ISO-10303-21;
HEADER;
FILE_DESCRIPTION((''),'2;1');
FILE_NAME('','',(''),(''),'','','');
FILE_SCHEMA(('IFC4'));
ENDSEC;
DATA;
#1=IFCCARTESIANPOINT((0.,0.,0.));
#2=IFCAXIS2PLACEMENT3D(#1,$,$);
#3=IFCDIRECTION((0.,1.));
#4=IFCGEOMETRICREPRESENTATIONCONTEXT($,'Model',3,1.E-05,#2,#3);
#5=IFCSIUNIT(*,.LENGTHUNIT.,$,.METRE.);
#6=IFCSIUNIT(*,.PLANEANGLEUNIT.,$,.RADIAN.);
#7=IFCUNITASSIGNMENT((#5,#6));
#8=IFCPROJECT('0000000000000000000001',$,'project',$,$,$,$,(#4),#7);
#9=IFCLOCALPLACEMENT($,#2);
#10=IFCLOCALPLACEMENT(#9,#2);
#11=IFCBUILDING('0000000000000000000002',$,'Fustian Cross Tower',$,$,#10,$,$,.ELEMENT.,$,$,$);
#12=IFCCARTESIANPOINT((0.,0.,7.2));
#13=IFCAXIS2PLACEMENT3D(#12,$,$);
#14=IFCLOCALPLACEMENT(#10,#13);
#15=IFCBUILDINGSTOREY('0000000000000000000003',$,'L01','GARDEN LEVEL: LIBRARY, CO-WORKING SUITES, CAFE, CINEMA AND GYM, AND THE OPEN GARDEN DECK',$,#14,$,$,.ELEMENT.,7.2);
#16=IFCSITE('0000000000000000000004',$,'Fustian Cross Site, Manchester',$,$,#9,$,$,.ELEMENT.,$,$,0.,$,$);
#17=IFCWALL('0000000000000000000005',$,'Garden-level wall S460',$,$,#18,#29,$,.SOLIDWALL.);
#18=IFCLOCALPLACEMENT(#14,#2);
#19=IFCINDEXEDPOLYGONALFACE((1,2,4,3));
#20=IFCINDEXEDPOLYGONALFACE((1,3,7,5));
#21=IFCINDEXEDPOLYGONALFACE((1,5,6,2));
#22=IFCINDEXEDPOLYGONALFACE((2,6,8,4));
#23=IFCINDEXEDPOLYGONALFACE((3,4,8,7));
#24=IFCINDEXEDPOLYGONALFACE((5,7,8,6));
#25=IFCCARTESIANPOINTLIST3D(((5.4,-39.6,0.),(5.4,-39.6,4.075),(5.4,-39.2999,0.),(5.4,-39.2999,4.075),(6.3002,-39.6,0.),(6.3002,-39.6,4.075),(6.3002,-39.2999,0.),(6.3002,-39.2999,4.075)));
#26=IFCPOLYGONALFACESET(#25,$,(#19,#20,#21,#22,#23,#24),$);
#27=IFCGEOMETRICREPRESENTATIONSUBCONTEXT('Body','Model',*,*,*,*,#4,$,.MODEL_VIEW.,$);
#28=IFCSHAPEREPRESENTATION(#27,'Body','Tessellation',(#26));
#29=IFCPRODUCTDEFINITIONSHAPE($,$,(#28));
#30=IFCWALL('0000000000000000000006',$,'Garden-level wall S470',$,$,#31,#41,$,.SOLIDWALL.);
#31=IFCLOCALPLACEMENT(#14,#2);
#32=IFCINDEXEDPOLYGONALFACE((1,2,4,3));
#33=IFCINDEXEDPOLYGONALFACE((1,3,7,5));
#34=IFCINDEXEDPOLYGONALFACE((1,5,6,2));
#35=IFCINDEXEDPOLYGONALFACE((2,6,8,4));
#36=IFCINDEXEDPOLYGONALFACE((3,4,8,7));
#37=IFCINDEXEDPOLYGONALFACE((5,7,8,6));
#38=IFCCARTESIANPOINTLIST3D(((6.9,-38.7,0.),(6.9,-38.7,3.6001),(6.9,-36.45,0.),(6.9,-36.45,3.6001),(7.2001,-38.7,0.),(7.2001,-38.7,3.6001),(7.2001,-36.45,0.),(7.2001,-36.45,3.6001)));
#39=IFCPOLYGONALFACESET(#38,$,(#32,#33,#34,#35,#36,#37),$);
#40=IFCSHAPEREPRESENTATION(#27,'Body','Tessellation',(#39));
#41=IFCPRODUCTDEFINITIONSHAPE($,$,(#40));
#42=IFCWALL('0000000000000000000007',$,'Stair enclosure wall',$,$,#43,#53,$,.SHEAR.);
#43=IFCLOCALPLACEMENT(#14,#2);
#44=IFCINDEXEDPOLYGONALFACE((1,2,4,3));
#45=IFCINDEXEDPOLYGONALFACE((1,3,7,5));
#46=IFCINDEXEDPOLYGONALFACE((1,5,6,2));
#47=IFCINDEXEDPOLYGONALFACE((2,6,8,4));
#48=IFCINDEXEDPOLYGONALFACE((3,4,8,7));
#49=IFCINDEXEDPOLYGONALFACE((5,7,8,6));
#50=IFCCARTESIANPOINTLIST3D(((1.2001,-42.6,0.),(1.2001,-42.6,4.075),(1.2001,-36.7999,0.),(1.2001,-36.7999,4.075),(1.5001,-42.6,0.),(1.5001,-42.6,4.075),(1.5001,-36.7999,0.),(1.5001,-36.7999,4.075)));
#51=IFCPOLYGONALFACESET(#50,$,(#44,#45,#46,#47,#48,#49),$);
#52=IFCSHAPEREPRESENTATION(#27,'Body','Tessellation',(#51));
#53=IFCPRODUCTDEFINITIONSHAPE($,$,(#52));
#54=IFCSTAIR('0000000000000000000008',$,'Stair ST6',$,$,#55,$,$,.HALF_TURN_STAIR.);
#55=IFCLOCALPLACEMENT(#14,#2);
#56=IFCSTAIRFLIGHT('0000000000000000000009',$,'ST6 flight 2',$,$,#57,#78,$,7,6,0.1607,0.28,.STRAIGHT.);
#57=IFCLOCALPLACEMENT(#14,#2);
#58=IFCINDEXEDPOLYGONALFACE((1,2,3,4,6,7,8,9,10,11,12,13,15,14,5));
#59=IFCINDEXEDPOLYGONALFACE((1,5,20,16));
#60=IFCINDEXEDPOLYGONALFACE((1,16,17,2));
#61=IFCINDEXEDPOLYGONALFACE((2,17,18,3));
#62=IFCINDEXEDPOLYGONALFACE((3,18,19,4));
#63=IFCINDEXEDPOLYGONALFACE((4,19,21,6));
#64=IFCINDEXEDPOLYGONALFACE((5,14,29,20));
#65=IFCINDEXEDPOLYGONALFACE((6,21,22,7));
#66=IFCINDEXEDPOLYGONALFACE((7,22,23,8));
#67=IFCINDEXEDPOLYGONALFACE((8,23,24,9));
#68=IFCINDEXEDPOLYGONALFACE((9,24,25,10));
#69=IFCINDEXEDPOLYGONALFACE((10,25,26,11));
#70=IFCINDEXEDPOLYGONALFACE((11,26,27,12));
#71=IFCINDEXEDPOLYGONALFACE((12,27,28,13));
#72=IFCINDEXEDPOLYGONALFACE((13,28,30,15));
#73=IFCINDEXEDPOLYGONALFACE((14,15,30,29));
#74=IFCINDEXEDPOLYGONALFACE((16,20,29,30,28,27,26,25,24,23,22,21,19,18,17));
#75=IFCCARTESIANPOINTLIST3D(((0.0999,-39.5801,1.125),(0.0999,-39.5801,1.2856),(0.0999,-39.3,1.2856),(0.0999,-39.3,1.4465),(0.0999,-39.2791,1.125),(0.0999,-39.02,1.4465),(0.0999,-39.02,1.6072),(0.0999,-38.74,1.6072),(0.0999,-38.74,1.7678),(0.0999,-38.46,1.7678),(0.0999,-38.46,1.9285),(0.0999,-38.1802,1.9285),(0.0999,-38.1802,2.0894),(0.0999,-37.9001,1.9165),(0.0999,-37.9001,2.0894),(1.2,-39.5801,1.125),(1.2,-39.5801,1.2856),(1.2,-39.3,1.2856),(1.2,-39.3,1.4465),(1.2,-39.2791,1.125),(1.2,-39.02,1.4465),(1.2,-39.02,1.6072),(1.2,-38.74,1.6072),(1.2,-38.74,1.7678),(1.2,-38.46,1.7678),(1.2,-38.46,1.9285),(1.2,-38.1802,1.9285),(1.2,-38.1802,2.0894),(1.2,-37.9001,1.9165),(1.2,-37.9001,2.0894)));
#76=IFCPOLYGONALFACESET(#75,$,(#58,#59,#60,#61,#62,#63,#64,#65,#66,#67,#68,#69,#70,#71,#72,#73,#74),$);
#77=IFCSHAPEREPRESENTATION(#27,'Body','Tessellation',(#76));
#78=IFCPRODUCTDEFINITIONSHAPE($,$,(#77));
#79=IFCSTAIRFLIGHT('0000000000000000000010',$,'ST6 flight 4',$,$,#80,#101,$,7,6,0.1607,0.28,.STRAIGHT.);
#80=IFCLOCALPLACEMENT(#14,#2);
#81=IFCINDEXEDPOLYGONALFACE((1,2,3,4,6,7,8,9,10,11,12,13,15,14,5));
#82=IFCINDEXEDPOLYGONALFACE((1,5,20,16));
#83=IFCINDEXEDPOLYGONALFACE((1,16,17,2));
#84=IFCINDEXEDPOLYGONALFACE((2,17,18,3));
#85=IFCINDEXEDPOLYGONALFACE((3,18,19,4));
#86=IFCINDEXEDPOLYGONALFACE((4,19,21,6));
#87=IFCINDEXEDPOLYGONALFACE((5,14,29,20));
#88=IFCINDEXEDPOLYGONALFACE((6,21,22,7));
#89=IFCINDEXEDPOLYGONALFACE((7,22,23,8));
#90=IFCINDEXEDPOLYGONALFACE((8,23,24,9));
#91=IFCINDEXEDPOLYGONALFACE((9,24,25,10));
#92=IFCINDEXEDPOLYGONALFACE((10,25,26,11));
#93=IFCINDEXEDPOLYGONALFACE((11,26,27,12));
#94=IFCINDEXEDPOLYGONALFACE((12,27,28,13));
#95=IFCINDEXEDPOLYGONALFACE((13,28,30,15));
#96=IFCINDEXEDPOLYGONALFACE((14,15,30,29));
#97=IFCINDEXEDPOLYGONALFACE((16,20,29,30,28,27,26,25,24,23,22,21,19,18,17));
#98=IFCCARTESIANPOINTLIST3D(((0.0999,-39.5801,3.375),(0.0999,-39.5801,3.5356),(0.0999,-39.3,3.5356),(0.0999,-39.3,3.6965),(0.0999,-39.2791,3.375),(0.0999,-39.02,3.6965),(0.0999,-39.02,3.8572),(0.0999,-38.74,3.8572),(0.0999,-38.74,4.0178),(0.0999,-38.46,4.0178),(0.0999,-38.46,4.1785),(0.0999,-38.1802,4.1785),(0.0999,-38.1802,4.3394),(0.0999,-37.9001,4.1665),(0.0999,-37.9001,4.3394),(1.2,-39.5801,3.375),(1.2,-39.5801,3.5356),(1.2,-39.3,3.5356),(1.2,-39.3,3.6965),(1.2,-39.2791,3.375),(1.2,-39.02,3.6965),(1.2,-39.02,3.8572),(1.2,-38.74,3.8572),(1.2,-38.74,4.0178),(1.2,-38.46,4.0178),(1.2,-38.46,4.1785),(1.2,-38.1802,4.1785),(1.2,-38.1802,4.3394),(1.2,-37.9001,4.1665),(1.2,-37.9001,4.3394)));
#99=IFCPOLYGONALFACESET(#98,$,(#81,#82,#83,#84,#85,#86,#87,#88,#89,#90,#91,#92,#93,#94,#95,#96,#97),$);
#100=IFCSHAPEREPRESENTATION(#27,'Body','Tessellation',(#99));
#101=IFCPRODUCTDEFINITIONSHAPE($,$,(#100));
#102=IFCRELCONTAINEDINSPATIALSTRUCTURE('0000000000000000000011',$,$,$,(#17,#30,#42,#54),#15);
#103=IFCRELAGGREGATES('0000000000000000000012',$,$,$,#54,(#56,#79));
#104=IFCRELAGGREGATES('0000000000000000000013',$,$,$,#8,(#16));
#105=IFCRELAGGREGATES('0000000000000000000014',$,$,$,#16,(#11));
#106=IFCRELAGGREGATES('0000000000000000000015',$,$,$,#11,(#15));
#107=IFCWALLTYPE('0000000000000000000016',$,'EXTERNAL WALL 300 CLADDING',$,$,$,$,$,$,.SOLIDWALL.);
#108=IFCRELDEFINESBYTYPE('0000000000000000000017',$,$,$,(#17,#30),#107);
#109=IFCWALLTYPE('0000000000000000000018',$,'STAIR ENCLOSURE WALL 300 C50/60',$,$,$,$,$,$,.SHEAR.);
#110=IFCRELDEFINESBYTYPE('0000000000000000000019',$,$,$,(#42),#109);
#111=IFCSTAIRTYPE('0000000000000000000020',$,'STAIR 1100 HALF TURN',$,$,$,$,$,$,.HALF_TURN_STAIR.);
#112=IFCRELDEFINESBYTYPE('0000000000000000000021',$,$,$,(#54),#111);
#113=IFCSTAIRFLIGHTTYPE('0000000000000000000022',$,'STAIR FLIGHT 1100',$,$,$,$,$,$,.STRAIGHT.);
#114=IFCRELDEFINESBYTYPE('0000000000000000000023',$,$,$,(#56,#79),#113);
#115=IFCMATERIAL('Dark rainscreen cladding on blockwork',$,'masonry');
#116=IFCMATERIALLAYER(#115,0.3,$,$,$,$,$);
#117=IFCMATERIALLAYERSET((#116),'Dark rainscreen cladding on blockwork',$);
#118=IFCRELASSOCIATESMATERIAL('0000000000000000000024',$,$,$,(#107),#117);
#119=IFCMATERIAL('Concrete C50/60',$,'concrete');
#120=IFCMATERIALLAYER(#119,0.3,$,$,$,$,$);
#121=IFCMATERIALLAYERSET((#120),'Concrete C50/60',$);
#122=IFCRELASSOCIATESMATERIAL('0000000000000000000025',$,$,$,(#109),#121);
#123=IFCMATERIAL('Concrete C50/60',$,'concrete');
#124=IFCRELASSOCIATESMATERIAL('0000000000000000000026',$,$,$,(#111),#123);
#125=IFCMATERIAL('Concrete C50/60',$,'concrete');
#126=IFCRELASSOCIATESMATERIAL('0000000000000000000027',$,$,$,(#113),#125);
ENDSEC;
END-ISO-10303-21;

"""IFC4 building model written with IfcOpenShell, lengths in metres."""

from ifc_helpers import new_model, si_unit, direction, frame, frame_2d, origin, place, context, subcontext, project, spatial, polyline, rectangle, outline, extrude, material, layer, layer_set, type_object, element, aggregate, save


model = new_model("IFC4")

# Units and contexts
model_context = context("Model", 3, precision=1e-05, world=origin(), true_north=direction((0.0, 1.0)))
body_context = subcontext(model_context, "Body", "Model", "MODEL_VIEW")
ifc_project = project(units=[si_unit("LENGTHUNIT", "METRE"), si_unit("PLANEANGLEUNIT", "RADIAN")], contexts=[model_context])

# Site, building, storey
site_placement = place(None, origin())
site = spatial("IfcSite", under=ifc_project, at=site_placement, Name="Fustian Cross Site, Manchester", CompositionType="ELEMENT", RefElevation=0.0)
building_placement = place(site_placement, origin())
building = spatial("IfcBuilding", under=site, at=building_placement, Name="Fustian Cross Tower", CompositionType="ELEMENT")
storey_placement = place(building_placement, frame((0.0, 0.0, 7.2)))
storey = spatial("IfcBuildingStorey", under=building, at=storey_placement, Name="L01", Description="GARDEN LEVEL: LIBRARY, CO-WORKING SUITES, CAFE, CINEMA AND GYM, AND THE OPEN GARDEN DECK", CompositionType="ELEMENT", Elevation=7.2)

# Walls
ifc_material_1 = material(Name="Dark rainscreen cladding on blockwork", Category="masonry")
ifc_layer_1 = layer(ifc_material_1, 0.3)
ifc_layer_set_1 = layer_set([ifc_layer_1], Name="Dark rainscreen cladding on blockwork")
wall_type_1 = type_object("IfcWallType", Name="EXTERNAL WALL 300 CLADDING", PredefinedType="SOLIDWALL", material=ifc_layer_set_1)
wall_1_placement = place(storey_placement, frame((5.3999, -39.45, 0.0), z_axis=(0.0, 0.0, 1.0), x_axis=(1.0, 0.0, 0.0)))
element("IfcWall", 1, at=wall_1_placement, inside=storey, type_object=wall_type_1, Name="Garden-level wall S460", PredefinedType="SOLIDWALL", context=body_context, shape_type="SweptSolid", body=[
    extrude(rectangle(XDim=0.9001, YDim=0.3, at=frame_2d((0.4502, 0.0))), origin(), (0.0, 0.0, 1.0), 4.075),
])
wall_2_placement = place(storey_placement, frame((7.05, -38.7, 0.0), z_axis=(0.0, 0.0, 1.0), x_axis=(0.0, 1.0, 0.0)))
element("IfcWall", 2, at=wall_2_placement, inside=storey, type_object=wall_type_1, Name="Garden-level wall S470", PredefinedType="SOLIDWALL", context=body_context, shape_type="SweptSolid", body=[
    extrude(rectangle(XDim=2.25, YDim=0.3, at=frame_2d((1.125, 0.0))), origin(), (0.0, 0.0, 1.0), 3.6001),
])
ifc_material_2 = material(Name="Concrete C50/60", Category="concrete")
ifc_layer_2 = layer(ifc_material_2, 0.3)
ifc_layer_set_2 = layer_set([ifc_layer_2], Name="Concrete C50/60")
wall_type_2 = type_object("IfcWallType", Name="STAIR ENCLOSURE WALL 300 C50/60", PredefinedType="SHEAR", material=ifc_layer_set_2)
wall_3_placement = place(storey_placement, frame((1.3501, -36.8, 0.0), z_axis=(0.0, 0.0, 1.0), x_axis=(0.0, -1.0, 0.0)))
element("IfcWall", 3, at=wall_3_placement, inside=storey, type_object=wall_type_2, Name="Stair enclosure wall", PredefinedType="SHEAR", context=body_context, shape_type="SweptSolid", body=[
    extrude(rectangle(XDim=5.8, YDim=0.3, at=frame_2d((2.8999, 0.0))), origin(), (0.0, 0.0, 1.0), 4.075),
])

# Stair, stair flights
ifc_material_3 = material(Name="Concrete C50/60", Category="concrete")
stair_type = type_object("IfcStairType", Name="STAIR 1100 HALF TURN", PredefinedType="HALF_TURN_STAIR", material=ifc_material_3)
stair_placement = place(storey_placement, origin())
stair = element("IfcStair", 4, at=stair_placement, inside=storey, type_object=stair_type, Name="Stair ST6", PredefinedType="HALF_TURN_STAIR")
ifc_material_4 = material(Name="Concrete C50/60", Category="concrete")
stair_flight_type = type_object("IfcStairFlightType", Name="STAIR FLIGHT 1100", PredefinedType="STRAIGHT", material=ifc_material_4)
stair_flight_1_placement = place(storey_placement, frame((0.6499, -39.5801, 1.125), z_axis=(0.0, 0.0, 1.0), x_axis=(0.0, 1.0, 0.0)))
stair_flight_1 = element("IfcStairFlight", 5, at=stair_flight_1_placement, type_object=stair_flight_type, Name="ST6 flight 2", NumberOfRisers=7, NumberOfTreads=6, PredefinedType="STRAIGHT", RiserHeight=0.1607, TreadLength=0.28, context=body_context, shape_type="SweptSolid", body=[
    extrude(outline(polyline([(0.0, 0.0), (0.0, 0.1606), (0.28, 0.1606), (0.28, 0.3215), (0.5601, 0.3215), (0.5601, 0.4822), (0.8401, 0.4822), (0.8401, 0.6428), (1.1201, 0.6428), (1.1201, 0.8035), (1.3999, 0.8035), (1.3999, 0.9644), (1.6799, 0.9644), (1.6799, 1.125), (1.6799, 0.7915), (0.301, 0.0), (0.0, 0.0)])), frame((0.0, 0.55, 0.0), z_axis=(0.0, -1.0, 0.0), x_axis=(1.0, 0.0, 0.0)), (0.0, 0.0, 1.0), 1.1001),
])
stair_flight_2_placement = place(storey_placement, frame((0.6499, -39.5801, 3.375), z_axis=(0.0, 0.0, 1.0), x_axis=(0.0, 1.0, 0.0)))
stair_flight_2 = element("IfcStairFlight", 6, at=stair_flight_2_placement, type_object=stair_flight_type, Name="ST6 flight 4", NumberOfRisers=7, NumberOfTreads=6, PredefinedType="STRAIGHT", RiserHeight=0.1607, TreadLength=0.28, context=body_context, shape_type="SweptSolid", body=[
    extrude(outline(polyline([(0.0, 0.0), (0.0, 0.1606), (0.28, 0.1606), (0.28, 0.3215), (0.5601, 0.3215), (0.5601, 0.4822), (0.8401, 0.4822), (0.8401, 0.6428), (1.1201, 0.6428), (1.1201, 0.8035), (1.3999, 0.8035), (1.3999, 0.9644), (1.6799, 0.9644), (1.6799, 1.125), (1.6799, 0.7915), (0.301, 0.0), (0.0, 0.0)])), frame((0.0, 0.55, 0.0), z_axis=(0.0, -1.0, 0.0), x_axis=(1.0, 0.0, 0.0)), (0.0, 0.0, 1.0), 1.1001),
])
aggregate(stair, [stair_flight_1, stair_flight_2])

save(model, "model.ifc")
